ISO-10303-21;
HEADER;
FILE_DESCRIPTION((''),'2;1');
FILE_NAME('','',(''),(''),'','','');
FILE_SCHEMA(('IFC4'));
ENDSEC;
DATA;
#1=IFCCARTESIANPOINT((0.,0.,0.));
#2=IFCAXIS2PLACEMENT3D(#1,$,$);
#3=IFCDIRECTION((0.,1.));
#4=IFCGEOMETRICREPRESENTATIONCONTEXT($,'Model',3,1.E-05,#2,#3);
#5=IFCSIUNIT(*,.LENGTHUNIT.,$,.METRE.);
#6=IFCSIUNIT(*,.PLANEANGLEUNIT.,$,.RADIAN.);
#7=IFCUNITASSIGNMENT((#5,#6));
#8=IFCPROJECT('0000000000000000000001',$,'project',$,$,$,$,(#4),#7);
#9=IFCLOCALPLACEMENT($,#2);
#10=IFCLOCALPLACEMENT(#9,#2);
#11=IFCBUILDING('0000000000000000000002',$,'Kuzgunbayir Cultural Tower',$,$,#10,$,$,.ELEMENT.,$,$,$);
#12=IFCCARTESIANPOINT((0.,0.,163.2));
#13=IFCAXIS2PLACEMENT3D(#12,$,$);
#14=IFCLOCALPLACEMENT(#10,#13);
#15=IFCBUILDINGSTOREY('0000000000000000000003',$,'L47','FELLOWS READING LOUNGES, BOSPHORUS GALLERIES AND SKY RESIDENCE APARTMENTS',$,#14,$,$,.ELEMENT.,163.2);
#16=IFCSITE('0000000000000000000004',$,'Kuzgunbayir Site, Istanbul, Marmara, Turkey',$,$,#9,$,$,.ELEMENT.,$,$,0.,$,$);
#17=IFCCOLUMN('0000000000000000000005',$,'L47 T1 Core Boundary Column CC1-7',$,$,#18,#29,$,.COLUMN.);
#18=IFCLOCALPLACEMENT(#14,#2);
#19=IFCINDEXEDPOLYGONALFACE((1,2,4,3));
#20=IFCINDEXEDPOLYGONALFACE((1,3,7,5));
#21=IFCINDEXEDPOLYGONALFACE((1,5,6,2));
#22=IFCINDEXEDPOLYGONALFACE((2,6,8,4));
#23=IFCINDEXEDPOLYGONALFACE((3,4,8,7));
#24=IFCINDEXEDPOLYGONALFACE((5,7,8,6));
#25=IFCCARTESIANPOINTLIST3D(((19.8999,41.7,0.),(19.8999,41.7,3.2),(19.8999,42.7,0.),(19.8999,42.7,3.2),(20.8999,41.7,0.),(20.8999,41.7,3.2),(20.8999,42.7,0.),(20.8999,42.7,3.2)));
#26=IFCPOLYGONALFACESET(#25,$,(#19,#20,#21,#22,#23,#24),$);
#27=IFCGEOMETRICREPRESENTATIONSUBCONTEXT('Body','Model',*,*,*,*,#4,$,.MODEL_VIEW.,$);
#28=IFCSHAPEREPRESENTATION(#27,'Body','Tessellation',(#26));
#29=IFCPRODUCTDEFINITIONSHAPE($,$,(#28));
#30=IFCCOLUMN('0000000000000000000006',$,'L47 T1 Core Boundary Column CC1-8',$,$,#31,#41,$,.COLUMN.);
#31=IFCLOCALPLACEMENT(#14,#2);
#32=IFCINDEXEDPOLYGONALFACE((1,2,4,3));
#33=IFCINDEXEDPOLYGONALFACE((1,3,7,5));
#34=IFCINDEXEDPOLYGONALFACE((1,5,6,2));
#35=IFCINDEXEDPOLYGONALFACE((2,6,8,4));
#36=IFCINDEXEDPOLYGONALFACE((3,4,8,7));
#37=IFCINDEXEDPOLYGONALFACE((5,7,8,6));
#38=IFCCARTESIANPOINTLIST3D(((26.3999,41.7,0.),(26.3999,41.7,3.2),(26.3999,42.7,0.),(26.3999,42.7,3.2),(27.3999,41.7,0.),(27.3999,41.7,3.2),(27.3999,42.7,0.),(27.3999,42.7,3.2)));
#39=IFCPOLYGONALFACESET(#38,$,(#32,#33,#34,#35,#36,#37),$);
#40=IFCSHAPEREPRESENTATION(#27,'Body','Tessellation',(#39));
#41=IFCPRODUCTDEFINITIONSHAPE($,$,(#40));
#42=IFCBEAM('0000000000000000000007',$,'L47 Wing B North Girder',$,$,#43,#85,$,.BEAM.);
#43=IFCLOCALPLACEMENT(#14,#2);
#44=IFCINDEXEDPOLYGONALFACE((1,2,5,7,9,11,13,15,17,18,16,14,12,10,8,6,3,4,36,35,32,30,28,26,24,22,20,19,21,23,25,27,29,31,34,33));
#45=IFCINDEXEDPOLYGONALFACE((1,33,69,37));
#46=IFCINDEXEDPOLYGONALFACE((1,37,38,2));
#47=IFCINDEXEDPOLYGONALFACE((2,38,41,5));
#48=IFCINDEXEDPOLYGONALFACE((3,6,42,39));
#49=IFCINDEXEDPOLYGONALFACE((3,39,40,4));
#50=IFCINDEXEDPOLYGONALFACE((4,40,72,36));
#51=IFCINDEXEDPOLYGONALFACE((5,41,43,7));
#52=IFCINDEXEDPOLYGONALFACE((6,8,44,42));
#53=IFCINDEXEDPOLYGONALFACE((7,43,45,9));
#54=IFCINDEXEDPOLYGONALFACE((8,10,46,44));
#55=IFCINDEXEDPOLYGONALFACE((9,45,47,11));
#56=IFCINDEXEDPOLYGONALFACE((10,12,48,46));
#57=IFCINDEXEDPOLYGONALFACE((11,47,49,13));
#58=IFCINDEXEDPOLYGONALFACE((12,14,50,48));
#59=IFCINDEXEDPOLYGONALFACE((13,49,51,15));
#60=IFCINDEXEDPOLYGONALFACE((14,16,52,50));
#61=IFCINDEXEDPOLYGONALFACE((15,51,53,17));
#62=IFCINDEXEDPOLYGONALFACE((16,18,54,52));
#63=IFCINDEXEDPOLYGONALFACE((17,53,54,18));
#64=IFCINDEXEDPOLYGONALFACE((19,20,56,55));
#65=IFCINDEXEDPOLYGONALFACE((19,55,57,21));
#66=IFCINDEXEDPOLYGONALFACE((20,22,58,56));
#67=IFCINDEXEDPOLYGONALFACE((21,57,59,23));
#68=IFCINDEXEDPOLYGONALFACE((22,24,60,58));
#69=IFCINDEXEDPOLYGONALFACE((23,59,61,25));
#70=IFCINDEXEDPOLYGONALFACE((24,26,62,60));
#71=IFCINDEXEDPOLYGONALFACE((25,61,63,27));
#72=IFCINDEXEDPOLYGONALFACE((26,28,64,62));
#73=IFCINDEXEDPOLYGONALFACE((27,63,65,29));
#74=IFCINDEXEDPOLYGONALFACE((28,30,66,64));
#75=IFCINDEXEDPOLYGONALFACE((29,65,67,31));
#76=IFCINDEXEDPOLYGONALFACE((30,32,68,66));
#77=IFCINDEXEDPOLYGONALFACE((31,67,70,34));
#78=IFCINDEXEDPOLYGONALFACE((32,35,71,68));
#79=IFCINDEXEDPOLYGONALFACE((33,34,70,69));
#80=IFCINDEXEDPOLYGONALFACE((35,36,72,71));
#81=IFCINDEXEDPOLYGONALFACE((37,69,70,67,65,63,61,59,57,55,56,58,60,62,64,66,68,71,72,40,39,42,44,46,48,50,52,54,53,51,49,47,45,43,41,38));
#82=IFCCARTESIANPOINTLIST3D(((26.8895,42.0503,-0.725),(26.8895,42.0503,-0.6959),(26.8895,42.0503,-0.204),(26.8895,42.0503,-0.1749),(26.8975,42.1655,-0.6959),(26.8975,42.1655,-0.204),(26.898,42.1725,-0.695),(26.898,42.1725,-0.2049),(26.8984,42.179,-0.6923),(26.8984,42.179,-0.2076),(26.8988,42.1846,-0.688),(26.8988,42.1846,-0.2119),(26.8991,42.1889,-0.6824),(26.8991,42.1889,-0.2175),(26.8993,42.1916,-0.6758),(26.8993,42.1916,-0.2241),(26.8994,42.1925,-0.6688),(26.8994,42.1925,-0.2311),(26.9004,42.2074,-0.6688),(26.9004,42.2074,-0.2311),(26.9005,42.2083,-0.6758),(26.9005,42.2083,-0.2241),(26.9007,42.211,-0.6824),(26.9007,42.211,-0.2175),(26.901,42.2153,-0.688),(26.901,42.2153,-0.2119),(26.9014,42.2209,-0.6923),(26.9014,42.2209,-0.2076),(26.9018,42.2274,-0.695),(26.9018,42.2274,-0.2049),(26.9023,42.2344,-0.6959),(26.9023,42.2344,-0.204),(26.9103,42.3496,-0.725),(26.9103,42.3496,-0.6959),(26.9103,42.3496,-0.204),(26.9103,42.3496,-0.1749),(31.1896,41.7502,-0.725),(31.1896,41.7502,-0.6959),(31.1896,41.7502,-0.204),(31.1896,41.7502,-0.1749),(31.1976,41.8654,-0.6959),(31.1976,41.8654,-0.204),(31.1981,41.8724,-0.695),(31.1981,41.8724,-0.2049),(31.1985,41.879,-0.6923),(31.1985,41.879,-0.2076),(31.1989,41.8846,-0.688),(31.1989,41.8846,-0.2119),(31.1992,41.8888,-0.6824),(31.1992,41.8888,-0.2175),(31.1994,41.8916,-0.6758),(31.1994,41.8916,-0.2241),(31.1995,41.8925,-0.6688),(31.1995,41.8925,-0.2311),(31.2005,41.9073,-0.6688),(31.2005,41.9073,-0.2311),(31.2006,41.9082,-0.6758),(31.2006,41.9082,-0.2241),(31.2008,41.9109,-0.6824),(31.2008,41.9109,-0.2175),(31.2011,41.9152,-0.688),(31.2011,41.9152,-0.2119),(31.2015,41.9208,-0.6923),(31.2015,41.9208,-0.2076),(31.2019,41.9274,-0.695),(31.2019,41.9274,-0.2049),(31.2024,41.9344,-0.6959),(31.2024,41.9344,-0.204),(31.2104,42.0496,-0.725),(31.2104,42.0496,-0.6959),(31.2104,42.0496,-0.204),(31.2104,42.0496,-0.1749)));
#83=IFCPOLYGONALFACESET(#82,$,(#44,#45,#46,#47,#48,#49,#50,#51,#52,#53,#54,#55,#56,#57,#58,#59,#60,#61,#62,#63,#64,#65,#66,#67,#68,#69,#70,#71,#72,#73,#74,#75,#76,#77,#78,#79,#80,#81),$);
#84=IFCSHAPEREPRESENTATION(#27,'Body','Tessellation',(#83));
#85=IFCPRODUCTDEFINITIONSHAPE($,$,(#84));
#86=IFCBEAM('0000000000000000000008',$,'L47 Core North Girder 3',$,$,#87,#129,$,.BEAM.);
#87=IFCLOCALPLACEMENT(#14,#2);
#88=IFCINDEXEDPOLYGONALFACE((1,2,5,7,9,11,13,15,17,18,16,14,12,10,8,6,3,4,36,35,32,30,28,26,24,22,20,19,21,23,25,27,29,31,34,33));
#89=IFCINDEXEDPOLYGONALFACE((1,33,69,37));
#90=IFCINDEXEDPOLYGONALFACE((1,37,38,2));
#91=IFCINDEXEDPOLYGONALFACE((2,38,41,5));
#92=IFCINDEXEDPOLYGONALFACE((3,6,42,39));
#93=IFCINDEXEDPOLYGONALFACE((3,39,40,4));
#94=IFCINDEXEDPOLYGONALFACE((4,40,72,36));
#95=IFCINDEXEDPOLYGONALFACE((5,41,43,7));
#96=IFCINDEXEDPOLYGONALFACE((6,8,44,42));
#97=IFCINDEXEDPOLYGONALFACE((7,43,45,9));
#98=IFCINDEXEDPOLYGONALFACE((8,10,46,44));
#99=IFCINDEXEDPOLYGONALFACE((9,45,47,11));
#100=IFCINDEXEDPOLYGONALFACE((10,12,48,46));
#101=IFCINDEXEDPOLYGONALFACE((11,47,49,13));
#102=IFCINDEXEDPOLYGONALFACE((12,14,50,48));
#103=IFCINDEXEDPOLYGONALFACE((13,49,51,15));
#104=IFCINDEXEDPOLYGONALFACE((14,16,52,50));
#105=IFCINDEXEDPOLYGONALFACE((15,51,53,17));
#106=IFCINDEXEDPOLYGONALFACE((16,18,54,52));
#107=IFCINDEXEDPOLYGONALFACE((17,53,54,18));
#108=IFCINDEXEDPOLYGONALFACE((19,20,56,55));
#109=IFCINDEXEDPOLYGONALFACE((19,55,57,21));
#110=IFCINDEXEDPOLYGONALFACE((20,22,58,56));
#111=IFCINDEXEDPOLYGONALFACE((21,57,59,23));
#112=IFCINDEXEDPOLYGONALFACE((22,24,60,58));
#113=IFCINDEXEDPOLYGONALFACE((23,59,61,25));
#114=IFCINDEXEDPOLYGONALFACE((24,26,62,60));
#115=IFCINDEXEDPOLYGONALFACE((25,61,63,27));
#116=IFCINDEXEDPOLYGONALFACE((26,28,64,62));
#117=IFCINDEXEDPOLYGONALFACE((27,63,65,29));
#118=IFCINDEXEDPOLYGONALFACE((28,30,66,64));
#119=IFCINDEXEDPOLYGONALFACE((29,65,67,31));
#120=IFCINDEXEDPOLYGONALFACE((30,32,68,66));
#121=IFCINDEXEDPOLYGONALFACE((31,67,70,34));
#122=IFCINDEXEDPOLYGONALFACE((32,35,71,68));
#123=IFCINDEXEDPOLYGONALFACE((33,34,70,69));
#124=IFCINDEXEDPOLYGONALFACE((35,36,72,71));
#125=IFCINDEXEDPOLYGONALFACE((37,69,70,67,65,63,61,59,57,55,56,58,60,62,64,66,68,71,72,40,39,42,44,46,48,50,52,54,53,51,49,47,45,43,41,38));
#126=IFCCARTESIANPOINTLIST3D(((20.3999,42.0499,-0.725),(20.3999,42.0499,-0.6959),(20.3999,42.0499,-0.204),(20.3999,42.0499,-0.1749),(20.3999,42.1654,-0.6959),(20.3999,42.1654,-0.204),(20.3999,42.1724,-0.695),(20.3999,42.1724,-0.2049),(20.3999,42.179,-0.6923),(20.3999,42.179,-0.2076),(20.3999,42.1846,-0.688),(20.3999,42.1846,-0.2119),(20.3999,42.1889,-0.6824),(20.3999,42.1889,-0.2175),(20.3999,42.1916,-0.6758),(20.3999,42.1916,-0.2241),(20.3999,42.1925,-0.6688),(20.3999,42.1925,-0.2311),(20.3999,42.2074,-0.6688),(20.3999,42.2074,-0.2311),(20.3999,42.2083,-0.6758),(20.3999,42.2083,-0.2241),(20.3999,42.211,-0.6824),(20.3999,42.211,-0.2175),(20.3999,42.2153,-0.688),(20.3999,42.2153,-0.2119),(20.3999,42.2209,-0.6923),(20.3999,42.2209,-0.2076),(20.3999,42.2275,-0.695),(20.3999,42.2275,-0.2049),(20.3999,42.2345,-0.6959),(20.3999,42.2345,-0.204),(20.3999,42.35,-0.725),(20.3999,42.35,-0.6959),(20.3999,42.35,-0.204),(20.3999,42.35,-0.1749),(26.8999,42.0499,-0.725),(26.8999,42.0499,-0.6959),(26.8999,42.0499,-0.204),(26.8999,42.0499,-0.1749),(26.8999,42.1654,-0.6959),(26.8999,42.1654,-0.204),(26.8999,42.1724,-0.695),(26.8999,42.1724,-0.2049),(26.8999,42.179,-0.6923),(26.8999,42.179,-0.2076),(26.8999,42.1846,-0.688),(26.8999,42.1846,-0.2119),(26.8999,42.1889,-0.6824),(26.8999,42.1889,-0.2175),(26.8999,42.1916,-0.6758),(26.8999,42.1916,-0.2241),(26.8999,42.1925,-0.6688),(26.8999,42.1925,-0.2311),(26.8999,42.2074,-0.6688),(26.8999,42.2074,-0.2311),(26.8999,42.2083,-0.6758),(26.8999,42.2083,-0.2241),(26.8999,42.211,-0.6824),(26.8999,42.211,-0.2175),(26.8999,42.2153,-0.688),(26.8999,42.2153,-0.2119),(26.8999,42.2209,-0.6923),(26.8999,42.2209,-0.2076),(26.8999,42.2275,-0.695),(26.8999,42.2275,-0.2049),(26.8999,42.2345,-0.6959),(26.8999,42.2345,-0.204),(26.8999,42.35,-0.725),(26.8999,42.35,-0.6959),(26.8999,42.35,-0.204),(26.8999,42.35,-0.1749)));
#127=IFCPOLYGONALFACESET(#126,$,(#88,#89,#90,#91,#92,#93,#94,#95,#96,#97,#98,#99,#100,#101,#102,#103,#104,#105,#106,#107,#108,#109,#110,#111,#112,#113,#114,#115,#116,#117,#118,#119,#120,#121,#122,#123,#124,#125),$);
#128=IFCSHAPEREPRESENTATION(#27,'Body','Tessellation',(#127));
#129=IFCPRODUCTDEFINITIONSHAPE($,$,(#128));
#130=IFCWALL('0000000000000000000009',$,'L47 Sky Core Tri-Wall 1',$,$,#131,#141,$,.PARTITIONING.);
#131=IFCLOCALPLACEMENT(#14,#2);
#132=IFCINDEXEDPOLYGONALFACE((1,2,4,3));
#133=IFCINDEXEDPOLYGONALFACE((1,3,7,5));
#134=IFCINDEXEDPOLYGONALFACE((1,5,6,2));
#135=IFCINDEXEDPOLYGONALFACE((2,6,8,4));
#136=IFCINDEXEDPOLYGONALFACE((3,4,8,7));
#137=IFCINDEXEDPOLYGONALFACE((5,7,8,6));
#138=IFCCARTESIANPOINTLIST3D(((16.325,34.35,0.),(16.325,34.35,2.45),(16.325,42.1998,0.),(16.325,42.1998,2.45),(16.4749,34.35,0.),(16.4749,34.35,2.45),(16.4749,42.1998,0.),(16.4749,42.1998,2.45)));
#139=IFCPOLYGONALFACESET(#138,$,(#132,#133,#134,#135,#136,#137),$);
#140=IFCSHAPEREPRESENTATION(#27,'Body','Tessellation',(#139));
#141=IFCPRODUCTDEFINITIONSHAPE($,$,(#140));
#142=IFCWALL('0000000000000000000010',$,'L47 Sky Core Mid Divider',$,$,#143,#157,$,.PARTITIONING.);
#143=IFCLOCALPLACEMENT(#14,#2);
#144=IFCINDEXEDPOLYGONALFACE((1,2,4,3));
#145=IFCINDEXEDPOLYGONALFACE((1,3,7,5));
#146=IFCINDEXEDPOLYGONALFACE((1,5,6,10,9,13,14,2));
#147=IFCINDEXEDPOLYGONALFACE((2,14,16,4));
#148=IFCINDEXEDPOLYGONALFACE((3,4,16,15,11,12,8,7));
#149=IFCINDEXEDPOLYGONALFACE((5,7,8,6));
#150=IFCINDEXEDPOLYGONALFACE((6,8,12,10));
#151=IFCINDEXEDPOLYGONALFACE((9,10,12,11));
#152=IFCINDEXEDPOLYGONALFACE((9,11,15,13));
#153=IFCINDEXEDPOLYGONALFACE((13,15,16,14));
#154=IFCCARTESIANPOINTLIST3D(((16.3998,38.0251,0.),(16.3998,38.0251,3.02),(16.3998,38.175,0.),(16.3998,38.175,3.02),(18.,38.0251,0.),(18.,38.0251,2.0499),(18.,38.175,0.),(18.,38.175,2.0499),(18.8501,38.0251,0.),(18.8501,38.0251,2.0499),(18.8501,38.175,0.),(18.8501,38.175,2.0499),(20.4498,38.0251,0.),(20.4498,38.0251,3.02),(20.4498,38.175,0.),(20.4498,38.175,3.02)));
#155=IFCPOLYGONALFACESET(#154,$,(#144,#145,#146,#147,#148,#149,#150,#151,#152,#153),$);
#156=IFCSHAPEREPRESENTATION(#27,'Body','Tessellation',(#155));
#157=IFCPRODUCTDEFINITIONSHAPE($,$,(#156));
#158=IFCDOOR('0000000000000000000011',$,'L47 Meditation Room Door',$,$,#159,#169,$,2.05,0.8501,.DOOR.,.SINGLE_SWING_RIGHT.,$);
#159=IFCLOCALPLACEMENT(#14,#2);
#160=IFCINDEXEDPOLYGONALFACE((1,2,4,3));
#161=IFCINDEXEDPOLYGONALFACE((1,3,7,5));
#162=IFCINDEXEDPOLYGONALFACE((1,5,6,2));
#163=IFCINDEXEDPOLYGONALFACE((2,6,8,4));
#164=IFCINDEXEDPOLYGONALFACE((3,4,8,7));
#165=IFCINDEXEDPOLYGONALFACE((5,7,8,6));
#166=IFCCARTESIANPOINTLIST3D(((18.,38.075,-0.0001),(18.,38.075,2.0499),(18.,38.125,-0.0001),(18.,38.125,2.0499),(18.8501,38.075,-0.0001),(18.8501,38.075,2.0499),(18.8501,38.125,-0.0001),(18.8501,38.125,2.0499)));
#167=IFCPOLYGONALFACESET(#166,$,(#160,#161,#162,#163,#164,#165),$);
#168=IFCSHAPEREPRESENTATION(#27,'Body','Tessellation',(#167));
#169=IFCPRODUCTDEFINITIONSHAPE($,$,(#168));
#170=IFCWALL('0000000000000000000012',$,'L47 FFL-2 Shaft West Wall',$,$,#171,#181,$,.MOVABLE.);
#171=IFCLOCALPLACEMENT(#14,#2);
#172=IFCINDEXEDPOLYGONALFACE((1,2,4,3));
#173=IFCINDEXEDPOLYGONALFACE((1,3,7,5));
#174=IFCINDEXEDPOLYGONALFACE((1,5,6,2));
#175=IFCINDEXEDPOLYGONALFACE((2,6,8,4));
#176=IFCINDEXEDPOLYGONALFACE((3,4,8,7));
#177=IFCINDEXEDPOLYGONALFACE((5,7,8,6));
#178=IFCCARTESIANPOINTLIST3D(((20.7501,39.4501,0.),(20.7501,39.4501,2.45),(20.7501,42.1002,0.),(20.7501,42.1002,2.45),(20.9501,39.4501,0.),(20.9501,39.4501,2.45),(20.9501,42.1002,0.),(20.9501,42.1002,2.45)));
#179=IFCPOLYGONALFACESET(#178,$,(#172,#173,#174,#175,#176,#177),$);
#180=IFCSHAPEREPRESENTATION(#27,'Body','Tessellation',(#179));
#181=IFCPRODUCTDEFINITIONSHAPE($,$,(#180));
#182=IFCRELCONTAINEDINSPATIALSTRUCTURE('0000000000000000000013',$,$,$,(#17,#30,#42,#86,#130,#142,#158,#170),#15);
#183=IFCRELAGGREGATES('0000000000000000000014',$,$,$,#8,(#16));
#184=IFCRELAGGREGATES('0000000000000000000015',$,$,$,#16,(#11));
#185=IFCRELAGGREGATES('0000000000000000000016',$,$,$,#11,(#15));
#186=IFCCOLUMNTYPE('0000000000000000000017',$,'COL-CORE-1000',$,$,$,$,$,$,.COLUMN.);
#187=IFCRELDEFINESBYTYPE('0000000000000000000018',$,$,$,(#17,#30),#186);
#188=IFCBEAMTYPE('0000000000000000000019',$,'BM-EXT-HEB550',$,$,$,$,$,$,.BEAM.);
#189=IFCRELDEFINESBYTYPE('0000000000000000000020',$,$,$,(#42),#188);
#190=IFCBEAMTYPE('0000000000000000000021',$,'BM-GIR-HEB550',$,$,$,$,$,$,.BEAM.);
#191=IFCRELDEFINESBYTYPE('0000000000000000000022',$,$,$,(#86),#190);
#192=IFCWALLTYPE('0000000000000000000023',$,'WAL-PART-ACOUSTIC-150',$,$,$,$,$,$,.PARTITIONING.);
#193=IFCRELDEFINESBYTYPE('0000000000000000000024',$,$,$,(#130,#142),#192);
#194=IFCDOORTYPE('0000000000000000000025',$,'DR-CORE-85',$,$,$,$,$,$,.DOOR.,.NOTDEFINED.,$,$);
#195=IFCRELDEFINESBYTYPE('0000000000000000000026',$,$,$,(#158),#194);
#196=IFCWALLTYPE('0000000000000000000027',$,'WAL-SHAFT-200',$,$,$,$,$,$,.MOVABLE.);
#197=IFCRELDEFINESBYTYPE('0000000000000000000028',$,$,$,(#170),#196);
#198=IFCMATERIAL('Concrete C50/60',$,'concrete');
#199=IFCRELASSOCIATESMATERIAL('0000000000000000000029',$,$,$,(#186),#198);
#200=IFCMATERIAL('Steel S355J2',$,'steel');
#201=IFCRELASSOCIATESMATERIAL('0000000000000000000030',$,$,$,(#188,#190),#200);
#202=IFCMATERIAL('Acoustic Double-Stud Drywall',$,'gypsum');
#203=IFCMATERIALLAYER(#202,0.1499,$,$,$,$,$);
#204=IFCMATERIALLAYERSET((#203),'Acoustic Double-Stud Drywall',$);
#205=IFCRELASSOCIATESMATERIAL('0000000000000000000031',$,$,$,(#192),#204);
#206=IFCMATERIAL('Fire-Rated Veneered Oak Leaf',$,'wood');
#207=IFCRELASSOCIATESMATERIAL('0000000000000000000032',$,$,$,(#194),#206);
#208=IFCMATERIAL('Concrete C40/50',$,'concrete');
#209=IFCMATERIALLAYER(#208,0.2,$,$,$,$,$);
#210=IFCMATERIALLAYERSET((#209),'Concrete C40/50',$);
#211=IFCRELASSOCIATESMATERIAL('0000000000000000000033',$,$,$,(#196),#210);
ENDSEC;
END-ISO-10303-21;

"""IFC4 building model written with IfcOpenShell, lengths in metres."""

from ifc_helpers import new_model, si_unit, direction, frame, frame_2d, origin, origin_2d, place, context, subcontext, project, spatial, rectangle, i_section, extrude, material, layer, layer_set, material_profile, profile_set, type_object, element, fill, save


model = new_model("IFC4")

# Units and contexts
model_context = context("Model", 3, precision=1e-05, world=origin(), true_north=direction((0.0, 1.0)))
body_context = subcontext(model_context, "Body", "Model", "MODEL_VIEW")
ifc_project = project(units=[si_unit("LENGTHUNIT", "METRE"), si_unit("PLANEANGLEUNIT", "RADIAN")], contexts=[model_context])

# Site, building, storey
site_placement = place(None, origin())
site = spatial("IfcSite", under=ifc_project, at=site_placement, Name="Kuzgunbayir Site, Istanbul, Marmara, Turkey", CompositionType="ELEMENT", RefElevation=0.0)
building_placement = place(site_placement, origin())
building = spatial("IfcBuilding", under=site, at=building_placement, Name="Kuzgunbayir Cultural Tower", CompositionType="ELEMENT")
storey_placement = place(building_placement, frame((0.0, 0.0, 163.2)))
storey = spatial("IfcBuildingStorey", under=building, at=storey_placement, Name="L47", Description="FELLOWS READING LOUNGES, BOSPHORUS GALLERIES AND SKY RESIDENCE APARTMENTS", CompositionType="ELEMENT", Elevation=163.2)

# Columns
ifc_material_1 = material(Name="Concrete C50/60", Category="concrete")
ifc_material_profile_1 = material_profile(ifc_material_1, rectangle(XDim=1.0, YDim=1.0, at=origin_2d()), Name="RC 1000x1000")
ifc_profile_set_1 = profile_set([ifc_material_profile_1], Name="Concrete C50/60")
column_type = type_object("IfcColumnType", Name="COL-CORE-1000", PredefinedType="COLUMN", material=ifc_profile_set_1)
for number, where, z_axis, x_axis, name in (
    (1, (20.3999, 42.2, 0.0), (0.0, 0.0, 1.0), (1.0, 0.0, 0.0), "L47 T1 Core Boundary Column CC1-7"),
    (2, (26.8999, 42.2, 0.0), (0.0, 0.0, 1.0), (1.0, 0.0, 0.0), "L47 T1 Core Boundary Column CC1-8"),
):
    element("IfcColumn", number, at=place(storey_placement, frame(where, z_axis=z_axis, x_axis=x_axis)), inside=storey, type_object=column_type, Name=name, PredefinedType="COLUMN", context=body_context, shape_type="SweptSolid", body=[
        extrude(rectangle(XDim=1.0, YDim=1.0, at=origin_2d()), origin(), (0.0, 0.0, 1.0), 3.2),
    ])

# Beams
ifc_material_2 = material(Name="Steel S355J2", Category="steel")
ifc_material_profile_2 = material_profile(ifc_material_2, i_section(OverallWidth=0.3, OverallDepth=0.55, WebThickness=0.0149, FlangeThickness=0.0291, FilletRadius=0.0271, at=origin_2d()), Name="HEB 550")
ifc_profile_set_2 = profile_set([ifc_material_profile_2], Name="Steel S355J2")
beam_type_1 = type_object("IfcBeamType", Name="BM-EXT-HEB550", PredefinedType="BEAM", material=ifc_profile_set_2)
beam_1_placement = place(storey_placement, frame((26.8999, 42.2, -0.45), z_axis=(0.997574, -0.069609, 0.0), x_axis=(0.069609, 0.997574, 0.0)))
element("IfcBeam", 3, at=beam_1_placement, inside=storey, type_object=beam_type_1, Name="L47 Wing B North Girder", PredefinedType="BEAM", context=body_context, shape_type="SweptSolid", body=[
    extrude(i_section(OverallWidth=0.3, OverallDepth=0.55, WebThickness=0.0149, FlangeThickness=0.0291, FilletRadius=0.0271, at=origin_2d()), origin(), (0.0, 0.0, 1.0), 4.3105),
])
ifc_material_profile_3 = material_profile(ifc_material_2, i_section(OverallWidth=0.3, OverallDepth=0.55, WebThickness=0.0149, FlangeThickness=0.0291, FilletRadius=0.0271, at=origin_2d()), Name="HEB 550")
ifc_profile_set_3 = profile_set([ifc_material_profile_3], Name="Steel S355J2")
beam_type_2 = type_object("IfcBeamType", Name="BM-GIR-HEB550", PredefinedType="BEAM", material=ifc_profile_set_3)
beam_2_placement = place(storey_placement, frame((20.3999, 42.2, -0.45), z_axis=(1.0, 0.0, 0.0), x_axis=(0.0, 1.0, 0.0)))
element("IfcBeam", 4, at=beam_2_placement, inside=storey, type_object=beam_type_2, Name="L47 Core North Girder 3", PredefinedType="BEAM", context=body_context, shape_type="SweptSolid", body=[
    extrude(i_section(OverallWidth=0.3, OverallDepth=0.55, WebThickness=0.0149, FlangeThickness=0.0291, FilletRadius=0.0271, at=origin_2d()), origin(), (0.0, 0.0, 1.0), 6.5),
])

# Wall
ifc_material_3 = material(Name="Acoustic Double-Stud Drywall", Category="gypsum")
ifc_layer_1 = layer(ifc_material_3, 0.1499)
ifc_layer_set_1 = layer_set([ifc_layer_1], Name="Acoustic Double-Stud Drywall")
wall_type_1 = type_object("IfcWallType", Name="WAL-PART-ACOUSTIC-150", PredefinedType="PARTITIONING", material=ifc_layer_set_1)
wall_1_placement = place(storey_placement, frame((16.3999, 34.3501, 0.0), z_axis=(0.0, 0.0, 1.0), x_axis=(0.0, 1.0, 0.0)))
element("IfcWall", 5, at=wall_1_placement, inside=storey, type_object=wall_type_1, Name="L47 Sky Core Tri-Wall 1", PredefinedType="PARTITIONING", context=body_context, shape_type="SweptSolid", body=[
    extrude(rectangle(XDim=7.8499, YDim=0.1499, at=frame_2d((3.9248, 0.0))), origin(), (0.0, 0.0, 1.0), 2.45),
])

# Wall, opening, door
wall_2_placement = place(storey_placement, frame((16.3999, 38.1001, 0.0), z_axis=(0.0, 0.0, 1.0), x_axis=(1.0, 0.0, 0.0)))
wall_2 = element("IfcWall", 6, at=wall_2_placement, inside=storey, type_object=wall_type_1, Name="L47 Sky Core Mid Divider", PredefinedType="PARTITIONING", context=body_context, shape_type="SweptSolid", body=[
    extrude(rectangle(XDim=4.05, YDim=0.1499, at=frame_2d((2.0249, 0.0))), origin(), (0.0, 0.0, 1.0), 3.02),
])
opening_1_placement = place(wall_2_placement, frame((1.6001, 0.0, 0.0)))
opening_1 = element("IfcOpeningElement", 7, at=opening_1_placement, cuts=wall_2, PredefinedType="OPENING", context=body_context, shape_type="SweptSolid", body=[
    extrude(rectangle(XDim=0.8501, YDim=2.05, at=frame_2d((0.425, 1.0249))), frame((0.0, 0.085, 0.0), z_axis=(0.0, -1.0, 0.0), x_axis=(1.0, 0.0, 0.0)), (0.0, 0.0, 1.0), 0.1699),
])
ifc_material_4 = material(Name="Fire-Rated Veneered Oak Leaf", Category="wood")
door_type_1 = type_object("IfcDoorType", Name="DR-CORE-85", OperationType="NOTDEFINED", PredefinedType="DOOR", material=ifc_material_4)
door_1_placement = place(opening_1_placement, origin())
door_1 = element("IfcDoor", 8, at=door_1_placement, inside=storey, type_object=door_type_1, Name="L47 Meditation Room Door", OperationType="SINGLE_SWING_RIGHT", OverallHeight=2.05, OverallWidth=0.8501, PredefinedType="DOOR", context=body_context, shape_type="SweptSolid", body=[
    extrude(rectangle(XDim=0.8501, YDim=2.05, at=frame_2d((0.425, 1.0249))), frame((0.0, 0.0249, 0.0), z_axis=(0.0, -1.0, 0.0), x_axis=(1.0, 0.0, 0.0)), (0.0, 0.0, 1.0), 0.05),
])
fill(opening_1, door_1)
ifc_material_5 = material(Name="Concrete C40/50", Category="concrete")
ifc_layer_2 = layer(ifc_material_5, 0.2)
ifc_layer_set_2 = layer_set([ifc_layer_2], Name="Concrete C40/50")
wall_type_2 = type_object("IfcWallType", Name="WAL-SHAFT-200", PredefinedType="MOVABLE", material=ifc_layer_set_2)

# Wall
for number, where, z_axis, x_axis, name in (
    (9, (20.8501, 39.45, 0.0), (0.0, 0.0, 1.0), (0.0, 1.0, 0.0), "L47 FFL-2 Shaft West Wall"),
):
    element("IfcWall", number, at=place(storey_placement, frame(where, z_axis=z_axis, x_axis=x_axis)), inside=storey, type_object=wall_type_2, Name=name, PredefinedType="MOVABLE", context=body_context, shape_type="SweptSolid", body=[
        extrude(rectangle(XDim=2.6501, YDim=0.2, at=frame_2d((1.3252, 0.0))), origin(), (0.0, 0.0, 1.0), 2.45),
    ])

save(model, "model.ifc")
